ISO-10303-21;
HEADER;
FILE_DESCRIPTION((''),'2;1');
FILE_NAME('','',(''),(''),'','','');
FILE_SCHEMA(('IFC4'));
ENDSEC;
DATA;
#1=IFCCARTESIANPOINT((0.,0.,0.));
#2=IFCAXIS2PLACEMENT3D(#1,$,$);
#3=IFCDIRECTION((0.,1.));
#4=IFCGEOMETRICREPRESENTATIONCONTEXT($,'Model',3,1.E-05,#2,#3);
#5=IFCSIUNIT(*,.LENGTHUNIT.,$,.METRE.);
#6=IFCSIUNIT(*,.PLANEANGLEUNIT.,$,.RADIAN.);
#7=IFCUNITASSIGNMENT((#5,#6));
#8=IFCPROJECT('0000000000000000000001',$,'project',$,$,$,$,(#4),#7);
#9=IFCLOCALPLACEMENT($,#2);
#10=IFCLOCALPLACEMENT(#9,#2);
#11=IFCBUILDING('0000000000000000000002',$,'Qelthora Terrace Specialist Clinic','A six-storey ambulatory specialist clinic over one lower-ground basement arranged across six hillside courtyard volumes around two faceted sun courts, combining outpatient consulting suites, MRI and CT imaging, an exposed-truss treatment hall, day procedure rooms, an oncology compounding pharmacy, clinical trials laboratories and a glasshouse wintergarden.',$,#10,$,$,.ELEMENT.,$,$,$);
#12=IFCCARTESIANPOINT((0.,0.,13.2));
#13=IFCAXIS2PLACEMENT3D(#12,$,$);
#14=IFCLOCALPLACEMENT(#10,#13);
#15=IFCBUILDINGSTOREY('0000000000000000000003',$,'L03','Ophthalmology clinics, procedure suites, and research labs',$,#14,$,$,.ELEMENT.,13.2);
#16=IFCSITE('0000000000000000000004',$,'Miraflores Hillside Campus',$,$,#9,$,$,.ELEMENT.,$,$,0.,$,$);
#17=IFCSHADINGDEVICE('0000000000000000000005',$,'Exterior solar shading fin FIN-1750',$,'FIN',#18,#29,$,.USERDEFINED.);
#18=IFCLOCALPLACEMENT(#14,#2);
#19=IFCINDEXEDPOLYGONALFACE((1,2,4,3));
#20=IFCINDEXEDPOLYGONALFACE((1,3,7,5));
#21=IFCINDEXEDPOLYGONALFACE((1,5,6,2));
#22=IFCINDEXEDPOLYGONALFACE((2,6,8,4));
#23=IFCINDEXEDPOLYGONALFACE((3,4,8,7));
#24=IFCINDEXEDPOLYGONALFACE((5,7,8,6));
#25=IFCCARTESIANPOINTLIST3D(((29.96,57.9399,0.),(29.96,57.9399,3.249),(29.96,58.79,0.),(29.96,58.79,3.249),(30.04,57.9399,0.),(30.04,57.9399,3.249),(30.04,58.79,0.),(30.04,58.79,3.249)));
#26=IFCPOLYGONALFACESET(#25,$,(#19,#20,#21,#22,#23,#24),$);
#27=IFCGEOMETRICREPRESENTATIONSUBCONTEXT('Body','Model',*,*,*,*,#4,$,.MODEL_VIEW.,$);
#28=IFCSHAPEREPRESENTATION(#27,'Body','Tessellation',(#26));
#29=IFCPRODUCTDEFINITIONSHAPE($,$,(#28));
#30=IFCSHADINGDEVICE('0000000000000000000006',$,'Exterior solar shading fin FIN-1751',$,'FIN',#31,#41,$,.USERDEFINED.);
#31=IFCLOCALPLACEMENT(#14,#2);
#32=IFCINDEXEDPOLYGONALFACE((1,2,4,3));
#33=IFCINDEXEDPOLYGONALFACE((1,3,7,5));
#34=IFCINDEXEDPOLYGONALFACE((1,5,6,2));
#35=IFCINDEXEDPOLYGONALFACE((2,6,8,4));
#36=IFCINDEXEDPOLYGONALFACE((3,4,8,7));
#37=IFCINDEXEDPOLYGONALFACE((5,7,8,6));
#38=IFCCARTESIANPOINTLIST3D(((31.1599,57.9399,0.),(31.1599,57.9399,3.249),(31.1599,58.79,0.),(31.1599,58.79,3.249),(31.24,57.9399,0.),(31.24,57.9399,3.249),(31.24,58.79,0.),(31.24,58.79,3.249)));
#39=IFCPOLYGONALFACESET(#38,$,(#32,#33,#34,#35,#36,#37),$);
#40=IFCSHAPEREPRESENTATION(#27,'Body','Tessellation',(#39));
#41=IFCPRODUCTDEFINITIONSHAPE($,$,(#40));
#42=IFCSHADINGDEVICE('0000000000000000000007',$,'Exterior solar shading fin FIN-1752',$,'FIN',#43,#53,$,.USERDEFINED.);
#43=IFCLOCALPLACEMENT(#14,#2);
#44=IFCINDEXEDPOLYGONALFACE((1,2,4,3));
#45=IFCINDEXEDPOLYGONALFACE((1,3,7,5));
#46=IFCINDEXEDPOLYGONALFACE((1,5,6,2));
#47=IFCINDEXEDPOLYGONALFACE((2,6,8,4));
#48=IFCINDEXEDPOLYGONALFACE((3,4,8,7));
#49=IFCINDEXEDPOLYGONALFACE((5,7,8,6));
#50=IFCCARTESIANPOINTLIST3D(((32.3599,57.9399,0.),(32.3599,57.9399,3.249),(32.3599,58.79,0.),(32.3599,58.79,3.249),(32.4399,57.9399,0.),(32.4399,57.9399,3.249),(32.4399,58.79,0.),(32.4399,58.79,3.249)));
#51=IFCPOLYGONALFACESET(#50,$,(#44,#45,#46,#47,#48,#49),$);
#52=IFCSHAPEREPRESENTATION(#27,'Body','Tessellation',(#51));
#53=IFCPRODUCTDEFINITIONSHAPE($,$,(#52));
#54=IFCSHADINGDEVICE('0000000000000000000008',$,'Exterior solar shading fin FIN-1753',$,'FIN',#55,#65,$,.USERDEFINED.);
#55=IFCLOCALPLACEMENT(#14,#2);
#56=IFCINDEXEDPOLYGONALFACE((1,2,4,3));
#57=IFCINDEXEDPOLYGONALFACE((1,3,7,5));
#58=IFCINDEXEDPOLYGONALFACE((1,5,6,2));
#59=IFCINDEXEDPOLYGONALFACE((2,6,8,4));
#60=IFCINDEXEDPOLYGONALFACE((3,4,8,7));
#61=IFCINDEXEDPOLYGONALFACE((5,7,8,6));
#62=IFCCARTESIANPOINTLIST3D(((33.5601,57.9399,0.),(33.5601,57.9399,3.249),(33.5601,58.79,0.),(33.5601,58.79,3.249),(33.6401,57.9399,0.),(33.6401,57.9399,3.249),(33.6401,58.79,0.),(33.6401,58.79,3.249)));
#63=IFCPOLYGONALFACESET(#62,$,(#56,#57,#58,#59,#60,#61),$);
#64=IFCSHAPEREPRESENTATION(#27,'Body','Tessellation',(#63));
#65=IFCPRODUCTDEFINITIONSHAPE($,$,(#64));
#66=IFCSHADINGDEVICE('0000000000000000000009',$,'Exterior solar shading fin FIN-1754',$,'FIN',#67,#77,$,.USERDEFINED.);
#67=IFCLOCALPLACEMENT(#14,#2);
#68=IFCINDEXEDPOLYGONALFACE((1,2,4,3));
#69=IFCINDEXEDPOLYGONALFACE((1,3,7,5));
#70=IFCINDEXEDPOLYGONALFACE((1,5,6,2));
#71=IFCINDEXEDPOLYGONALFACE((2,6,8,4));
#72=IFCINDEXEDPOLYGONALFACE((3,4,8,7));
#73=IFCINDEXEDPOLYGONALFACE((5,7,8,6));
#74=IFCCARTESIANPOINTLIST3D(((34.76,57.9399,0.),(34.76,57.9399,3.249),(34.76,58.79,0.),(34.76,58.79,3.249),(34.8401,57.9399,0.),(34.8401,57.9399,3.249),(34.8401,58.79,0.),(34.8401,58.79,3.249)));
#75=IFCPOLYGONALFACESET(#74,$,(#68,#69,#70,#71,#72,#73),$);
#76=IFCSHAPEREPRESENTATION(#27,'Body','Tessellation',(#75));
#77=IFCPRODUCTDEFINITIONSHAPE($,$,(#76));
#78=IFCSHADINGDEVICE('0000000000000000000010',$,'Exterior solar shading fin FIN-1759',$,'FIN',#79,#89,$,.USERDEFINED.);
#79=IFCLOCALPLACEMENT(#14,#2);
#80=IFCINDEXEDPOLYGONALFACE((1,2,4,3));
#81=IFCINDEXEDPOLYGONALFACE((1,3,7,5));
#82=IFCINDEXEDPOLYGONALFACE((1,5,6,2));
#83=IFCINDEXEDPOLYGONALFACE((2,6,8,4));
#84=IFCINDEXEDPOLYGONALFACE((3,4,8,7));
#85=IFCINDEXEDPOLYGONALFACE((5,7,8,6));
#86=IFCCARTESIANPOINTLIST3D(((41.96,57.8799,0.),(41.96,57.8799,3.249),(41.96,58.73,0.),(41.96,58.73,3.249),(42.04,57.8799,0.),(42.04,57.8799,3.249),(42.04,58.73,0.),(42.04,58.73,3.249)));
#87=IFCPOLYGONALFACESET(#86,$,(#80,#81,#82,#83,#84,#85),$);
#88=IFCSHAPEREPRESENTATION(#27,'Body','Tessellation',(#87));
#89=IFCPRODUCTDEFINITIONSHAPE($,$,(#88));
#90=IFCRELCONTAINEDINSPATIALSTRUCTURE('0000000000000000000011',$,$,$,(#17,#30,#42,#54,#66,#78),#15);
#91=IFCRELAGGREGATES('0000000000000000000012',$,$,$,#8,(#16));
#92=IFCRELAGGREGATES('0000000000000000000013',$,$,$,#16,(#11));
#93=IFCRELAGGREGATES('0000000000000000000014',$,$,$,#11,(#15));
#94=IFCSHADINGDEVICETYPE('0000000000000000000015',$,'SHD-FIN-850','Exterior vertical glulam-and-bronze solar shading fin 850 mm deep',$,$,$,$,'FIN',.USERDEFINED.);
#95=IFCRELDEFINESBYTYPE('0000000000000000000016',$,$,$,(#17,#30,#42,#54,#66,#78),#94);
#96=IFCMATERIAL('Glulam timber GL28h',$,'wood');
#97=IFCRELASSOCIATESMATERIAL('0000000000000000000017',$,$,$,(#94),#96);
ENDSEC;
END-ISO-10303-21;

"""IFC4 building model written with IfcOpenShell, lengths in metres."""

from ifc_helpers import new_model, si_unit, direction, frame, origin, origin_2d, place, context, subcontext, project, spatial, rectangle, extrude, material, type_object, element, save


model = new_model("IFC4")

# Units and contexts
model_context = context("Model", 3, precision=1e-05, world=origin(), true_north=direction((0.0, 1.0)))
body_context = subcontext(model_context, "Body", "Model", "MODEL_VIEW")
ifc_project = project(units=[si_unit("LENGTHUNIT", "METRE"), si_unit("PLANEANGLEUNIT", "RADIAN")], contexts=[model_context])

# Site, building, storey
site_placement = place(None, origin())
site = spatial("IfcSite", under=ifc_project, at=site_placement, Name="Miraflores Hillside Campus", CompositionType="ELEMENT", RefElevation=0.0)
building_placement = place(site_placement, origin())
building = spatial("IfcBuilding", under=site, at=building_placement, Name="Qelthora Terrace Specialist Clinic", Description="A six-storey ambulatory specialist clinic over one lower-ground basement arranged across six hillside courtyard volumes around two faceted sun courts, combining outpatient consulting suites, MRI and CT imaging, an exposed-truss treatment hall, day procedure rooms, an oncology compounding pharmacy, clinical trials laboratories and a glasshouse wintergarden.", CompositionType="ELEMENT")
storey_placement = place(building_placement, frame((0.0, 0.0, 13.2)))
storey = spatial("IfcBuildingStorey", under=building, at=storey_placement, Name="L03", Description="Ophthalmology clinics, procedure suites, and research labs", CompositionType="ELEMENT", Elevation=13.2)

# Shading devices
ifc_material_1 = material(Name="Glulam timber GL28h", Category="wood")
shading_device_type = type_object("IfcShadingDeviceType", Name="SHD-FIN-850", Description="Exterior vertical glulam-and-bronze solar shading fin 850 mm deep", ElementType="FIN", PredefinedType="USERDEFINED", material=ifc_material_1)
for number, where, z_axis, x_axis, name in (
    (1, (30.0, 58.365, 0.0), (0.0, 0.0, 1.0), (0.0, -1.0, 0.0), "Exterior solar shading fin FIN-1750"),
    (2, (31.2, 58.365, 0.0), (0.0, 0.0, 1.0), (0.0, -1.0, 0.0), "Exterior solar shading fin FIN-1751"),
    (3, (32.3999, 58.365, 0.0), (0.0, 0.0, 1.0), (0.0, -1.0, 0.0), "Exterior solar shading fin FIN-1752"),
    (4, (33.6001, 58.365, 0.0), (0.0, 0.0, 1.0), (0.0, -1.0, 0.0), "Exterior solar shading fin FIN-1753"),
    (5, (34.8, 58.365, 0.0), (0.0, 0.0, 1.0), (0.0, -1.0, 0.0), "Exterior solar shading fin FIN-1754"),
    (6, (42.0, 58.3049, 0.0), (0.0, 0.0, 1.0), (0.0, -1.0, 0.0), "Exterior solar shading fin FIN-1759"),
):
    element("IfcShadingDevice", number, at=place(storey_placement, frame(where, z_axis=z_axis, x_axis=x_axis)), inside=storey, type_object=shading_device_type, Name=name, ObjectType="FIN", PredefinedType="USERDEFINED", context=body_context, shape_type="SweptSolid", body=[
        extrude(rectangle(XDim=0.8501, YDim=0.0801, at=origin_2d()), origin(), (0.0, 0.0, 1.0), 3.249),
    ])

save(model, "model.ifc")
